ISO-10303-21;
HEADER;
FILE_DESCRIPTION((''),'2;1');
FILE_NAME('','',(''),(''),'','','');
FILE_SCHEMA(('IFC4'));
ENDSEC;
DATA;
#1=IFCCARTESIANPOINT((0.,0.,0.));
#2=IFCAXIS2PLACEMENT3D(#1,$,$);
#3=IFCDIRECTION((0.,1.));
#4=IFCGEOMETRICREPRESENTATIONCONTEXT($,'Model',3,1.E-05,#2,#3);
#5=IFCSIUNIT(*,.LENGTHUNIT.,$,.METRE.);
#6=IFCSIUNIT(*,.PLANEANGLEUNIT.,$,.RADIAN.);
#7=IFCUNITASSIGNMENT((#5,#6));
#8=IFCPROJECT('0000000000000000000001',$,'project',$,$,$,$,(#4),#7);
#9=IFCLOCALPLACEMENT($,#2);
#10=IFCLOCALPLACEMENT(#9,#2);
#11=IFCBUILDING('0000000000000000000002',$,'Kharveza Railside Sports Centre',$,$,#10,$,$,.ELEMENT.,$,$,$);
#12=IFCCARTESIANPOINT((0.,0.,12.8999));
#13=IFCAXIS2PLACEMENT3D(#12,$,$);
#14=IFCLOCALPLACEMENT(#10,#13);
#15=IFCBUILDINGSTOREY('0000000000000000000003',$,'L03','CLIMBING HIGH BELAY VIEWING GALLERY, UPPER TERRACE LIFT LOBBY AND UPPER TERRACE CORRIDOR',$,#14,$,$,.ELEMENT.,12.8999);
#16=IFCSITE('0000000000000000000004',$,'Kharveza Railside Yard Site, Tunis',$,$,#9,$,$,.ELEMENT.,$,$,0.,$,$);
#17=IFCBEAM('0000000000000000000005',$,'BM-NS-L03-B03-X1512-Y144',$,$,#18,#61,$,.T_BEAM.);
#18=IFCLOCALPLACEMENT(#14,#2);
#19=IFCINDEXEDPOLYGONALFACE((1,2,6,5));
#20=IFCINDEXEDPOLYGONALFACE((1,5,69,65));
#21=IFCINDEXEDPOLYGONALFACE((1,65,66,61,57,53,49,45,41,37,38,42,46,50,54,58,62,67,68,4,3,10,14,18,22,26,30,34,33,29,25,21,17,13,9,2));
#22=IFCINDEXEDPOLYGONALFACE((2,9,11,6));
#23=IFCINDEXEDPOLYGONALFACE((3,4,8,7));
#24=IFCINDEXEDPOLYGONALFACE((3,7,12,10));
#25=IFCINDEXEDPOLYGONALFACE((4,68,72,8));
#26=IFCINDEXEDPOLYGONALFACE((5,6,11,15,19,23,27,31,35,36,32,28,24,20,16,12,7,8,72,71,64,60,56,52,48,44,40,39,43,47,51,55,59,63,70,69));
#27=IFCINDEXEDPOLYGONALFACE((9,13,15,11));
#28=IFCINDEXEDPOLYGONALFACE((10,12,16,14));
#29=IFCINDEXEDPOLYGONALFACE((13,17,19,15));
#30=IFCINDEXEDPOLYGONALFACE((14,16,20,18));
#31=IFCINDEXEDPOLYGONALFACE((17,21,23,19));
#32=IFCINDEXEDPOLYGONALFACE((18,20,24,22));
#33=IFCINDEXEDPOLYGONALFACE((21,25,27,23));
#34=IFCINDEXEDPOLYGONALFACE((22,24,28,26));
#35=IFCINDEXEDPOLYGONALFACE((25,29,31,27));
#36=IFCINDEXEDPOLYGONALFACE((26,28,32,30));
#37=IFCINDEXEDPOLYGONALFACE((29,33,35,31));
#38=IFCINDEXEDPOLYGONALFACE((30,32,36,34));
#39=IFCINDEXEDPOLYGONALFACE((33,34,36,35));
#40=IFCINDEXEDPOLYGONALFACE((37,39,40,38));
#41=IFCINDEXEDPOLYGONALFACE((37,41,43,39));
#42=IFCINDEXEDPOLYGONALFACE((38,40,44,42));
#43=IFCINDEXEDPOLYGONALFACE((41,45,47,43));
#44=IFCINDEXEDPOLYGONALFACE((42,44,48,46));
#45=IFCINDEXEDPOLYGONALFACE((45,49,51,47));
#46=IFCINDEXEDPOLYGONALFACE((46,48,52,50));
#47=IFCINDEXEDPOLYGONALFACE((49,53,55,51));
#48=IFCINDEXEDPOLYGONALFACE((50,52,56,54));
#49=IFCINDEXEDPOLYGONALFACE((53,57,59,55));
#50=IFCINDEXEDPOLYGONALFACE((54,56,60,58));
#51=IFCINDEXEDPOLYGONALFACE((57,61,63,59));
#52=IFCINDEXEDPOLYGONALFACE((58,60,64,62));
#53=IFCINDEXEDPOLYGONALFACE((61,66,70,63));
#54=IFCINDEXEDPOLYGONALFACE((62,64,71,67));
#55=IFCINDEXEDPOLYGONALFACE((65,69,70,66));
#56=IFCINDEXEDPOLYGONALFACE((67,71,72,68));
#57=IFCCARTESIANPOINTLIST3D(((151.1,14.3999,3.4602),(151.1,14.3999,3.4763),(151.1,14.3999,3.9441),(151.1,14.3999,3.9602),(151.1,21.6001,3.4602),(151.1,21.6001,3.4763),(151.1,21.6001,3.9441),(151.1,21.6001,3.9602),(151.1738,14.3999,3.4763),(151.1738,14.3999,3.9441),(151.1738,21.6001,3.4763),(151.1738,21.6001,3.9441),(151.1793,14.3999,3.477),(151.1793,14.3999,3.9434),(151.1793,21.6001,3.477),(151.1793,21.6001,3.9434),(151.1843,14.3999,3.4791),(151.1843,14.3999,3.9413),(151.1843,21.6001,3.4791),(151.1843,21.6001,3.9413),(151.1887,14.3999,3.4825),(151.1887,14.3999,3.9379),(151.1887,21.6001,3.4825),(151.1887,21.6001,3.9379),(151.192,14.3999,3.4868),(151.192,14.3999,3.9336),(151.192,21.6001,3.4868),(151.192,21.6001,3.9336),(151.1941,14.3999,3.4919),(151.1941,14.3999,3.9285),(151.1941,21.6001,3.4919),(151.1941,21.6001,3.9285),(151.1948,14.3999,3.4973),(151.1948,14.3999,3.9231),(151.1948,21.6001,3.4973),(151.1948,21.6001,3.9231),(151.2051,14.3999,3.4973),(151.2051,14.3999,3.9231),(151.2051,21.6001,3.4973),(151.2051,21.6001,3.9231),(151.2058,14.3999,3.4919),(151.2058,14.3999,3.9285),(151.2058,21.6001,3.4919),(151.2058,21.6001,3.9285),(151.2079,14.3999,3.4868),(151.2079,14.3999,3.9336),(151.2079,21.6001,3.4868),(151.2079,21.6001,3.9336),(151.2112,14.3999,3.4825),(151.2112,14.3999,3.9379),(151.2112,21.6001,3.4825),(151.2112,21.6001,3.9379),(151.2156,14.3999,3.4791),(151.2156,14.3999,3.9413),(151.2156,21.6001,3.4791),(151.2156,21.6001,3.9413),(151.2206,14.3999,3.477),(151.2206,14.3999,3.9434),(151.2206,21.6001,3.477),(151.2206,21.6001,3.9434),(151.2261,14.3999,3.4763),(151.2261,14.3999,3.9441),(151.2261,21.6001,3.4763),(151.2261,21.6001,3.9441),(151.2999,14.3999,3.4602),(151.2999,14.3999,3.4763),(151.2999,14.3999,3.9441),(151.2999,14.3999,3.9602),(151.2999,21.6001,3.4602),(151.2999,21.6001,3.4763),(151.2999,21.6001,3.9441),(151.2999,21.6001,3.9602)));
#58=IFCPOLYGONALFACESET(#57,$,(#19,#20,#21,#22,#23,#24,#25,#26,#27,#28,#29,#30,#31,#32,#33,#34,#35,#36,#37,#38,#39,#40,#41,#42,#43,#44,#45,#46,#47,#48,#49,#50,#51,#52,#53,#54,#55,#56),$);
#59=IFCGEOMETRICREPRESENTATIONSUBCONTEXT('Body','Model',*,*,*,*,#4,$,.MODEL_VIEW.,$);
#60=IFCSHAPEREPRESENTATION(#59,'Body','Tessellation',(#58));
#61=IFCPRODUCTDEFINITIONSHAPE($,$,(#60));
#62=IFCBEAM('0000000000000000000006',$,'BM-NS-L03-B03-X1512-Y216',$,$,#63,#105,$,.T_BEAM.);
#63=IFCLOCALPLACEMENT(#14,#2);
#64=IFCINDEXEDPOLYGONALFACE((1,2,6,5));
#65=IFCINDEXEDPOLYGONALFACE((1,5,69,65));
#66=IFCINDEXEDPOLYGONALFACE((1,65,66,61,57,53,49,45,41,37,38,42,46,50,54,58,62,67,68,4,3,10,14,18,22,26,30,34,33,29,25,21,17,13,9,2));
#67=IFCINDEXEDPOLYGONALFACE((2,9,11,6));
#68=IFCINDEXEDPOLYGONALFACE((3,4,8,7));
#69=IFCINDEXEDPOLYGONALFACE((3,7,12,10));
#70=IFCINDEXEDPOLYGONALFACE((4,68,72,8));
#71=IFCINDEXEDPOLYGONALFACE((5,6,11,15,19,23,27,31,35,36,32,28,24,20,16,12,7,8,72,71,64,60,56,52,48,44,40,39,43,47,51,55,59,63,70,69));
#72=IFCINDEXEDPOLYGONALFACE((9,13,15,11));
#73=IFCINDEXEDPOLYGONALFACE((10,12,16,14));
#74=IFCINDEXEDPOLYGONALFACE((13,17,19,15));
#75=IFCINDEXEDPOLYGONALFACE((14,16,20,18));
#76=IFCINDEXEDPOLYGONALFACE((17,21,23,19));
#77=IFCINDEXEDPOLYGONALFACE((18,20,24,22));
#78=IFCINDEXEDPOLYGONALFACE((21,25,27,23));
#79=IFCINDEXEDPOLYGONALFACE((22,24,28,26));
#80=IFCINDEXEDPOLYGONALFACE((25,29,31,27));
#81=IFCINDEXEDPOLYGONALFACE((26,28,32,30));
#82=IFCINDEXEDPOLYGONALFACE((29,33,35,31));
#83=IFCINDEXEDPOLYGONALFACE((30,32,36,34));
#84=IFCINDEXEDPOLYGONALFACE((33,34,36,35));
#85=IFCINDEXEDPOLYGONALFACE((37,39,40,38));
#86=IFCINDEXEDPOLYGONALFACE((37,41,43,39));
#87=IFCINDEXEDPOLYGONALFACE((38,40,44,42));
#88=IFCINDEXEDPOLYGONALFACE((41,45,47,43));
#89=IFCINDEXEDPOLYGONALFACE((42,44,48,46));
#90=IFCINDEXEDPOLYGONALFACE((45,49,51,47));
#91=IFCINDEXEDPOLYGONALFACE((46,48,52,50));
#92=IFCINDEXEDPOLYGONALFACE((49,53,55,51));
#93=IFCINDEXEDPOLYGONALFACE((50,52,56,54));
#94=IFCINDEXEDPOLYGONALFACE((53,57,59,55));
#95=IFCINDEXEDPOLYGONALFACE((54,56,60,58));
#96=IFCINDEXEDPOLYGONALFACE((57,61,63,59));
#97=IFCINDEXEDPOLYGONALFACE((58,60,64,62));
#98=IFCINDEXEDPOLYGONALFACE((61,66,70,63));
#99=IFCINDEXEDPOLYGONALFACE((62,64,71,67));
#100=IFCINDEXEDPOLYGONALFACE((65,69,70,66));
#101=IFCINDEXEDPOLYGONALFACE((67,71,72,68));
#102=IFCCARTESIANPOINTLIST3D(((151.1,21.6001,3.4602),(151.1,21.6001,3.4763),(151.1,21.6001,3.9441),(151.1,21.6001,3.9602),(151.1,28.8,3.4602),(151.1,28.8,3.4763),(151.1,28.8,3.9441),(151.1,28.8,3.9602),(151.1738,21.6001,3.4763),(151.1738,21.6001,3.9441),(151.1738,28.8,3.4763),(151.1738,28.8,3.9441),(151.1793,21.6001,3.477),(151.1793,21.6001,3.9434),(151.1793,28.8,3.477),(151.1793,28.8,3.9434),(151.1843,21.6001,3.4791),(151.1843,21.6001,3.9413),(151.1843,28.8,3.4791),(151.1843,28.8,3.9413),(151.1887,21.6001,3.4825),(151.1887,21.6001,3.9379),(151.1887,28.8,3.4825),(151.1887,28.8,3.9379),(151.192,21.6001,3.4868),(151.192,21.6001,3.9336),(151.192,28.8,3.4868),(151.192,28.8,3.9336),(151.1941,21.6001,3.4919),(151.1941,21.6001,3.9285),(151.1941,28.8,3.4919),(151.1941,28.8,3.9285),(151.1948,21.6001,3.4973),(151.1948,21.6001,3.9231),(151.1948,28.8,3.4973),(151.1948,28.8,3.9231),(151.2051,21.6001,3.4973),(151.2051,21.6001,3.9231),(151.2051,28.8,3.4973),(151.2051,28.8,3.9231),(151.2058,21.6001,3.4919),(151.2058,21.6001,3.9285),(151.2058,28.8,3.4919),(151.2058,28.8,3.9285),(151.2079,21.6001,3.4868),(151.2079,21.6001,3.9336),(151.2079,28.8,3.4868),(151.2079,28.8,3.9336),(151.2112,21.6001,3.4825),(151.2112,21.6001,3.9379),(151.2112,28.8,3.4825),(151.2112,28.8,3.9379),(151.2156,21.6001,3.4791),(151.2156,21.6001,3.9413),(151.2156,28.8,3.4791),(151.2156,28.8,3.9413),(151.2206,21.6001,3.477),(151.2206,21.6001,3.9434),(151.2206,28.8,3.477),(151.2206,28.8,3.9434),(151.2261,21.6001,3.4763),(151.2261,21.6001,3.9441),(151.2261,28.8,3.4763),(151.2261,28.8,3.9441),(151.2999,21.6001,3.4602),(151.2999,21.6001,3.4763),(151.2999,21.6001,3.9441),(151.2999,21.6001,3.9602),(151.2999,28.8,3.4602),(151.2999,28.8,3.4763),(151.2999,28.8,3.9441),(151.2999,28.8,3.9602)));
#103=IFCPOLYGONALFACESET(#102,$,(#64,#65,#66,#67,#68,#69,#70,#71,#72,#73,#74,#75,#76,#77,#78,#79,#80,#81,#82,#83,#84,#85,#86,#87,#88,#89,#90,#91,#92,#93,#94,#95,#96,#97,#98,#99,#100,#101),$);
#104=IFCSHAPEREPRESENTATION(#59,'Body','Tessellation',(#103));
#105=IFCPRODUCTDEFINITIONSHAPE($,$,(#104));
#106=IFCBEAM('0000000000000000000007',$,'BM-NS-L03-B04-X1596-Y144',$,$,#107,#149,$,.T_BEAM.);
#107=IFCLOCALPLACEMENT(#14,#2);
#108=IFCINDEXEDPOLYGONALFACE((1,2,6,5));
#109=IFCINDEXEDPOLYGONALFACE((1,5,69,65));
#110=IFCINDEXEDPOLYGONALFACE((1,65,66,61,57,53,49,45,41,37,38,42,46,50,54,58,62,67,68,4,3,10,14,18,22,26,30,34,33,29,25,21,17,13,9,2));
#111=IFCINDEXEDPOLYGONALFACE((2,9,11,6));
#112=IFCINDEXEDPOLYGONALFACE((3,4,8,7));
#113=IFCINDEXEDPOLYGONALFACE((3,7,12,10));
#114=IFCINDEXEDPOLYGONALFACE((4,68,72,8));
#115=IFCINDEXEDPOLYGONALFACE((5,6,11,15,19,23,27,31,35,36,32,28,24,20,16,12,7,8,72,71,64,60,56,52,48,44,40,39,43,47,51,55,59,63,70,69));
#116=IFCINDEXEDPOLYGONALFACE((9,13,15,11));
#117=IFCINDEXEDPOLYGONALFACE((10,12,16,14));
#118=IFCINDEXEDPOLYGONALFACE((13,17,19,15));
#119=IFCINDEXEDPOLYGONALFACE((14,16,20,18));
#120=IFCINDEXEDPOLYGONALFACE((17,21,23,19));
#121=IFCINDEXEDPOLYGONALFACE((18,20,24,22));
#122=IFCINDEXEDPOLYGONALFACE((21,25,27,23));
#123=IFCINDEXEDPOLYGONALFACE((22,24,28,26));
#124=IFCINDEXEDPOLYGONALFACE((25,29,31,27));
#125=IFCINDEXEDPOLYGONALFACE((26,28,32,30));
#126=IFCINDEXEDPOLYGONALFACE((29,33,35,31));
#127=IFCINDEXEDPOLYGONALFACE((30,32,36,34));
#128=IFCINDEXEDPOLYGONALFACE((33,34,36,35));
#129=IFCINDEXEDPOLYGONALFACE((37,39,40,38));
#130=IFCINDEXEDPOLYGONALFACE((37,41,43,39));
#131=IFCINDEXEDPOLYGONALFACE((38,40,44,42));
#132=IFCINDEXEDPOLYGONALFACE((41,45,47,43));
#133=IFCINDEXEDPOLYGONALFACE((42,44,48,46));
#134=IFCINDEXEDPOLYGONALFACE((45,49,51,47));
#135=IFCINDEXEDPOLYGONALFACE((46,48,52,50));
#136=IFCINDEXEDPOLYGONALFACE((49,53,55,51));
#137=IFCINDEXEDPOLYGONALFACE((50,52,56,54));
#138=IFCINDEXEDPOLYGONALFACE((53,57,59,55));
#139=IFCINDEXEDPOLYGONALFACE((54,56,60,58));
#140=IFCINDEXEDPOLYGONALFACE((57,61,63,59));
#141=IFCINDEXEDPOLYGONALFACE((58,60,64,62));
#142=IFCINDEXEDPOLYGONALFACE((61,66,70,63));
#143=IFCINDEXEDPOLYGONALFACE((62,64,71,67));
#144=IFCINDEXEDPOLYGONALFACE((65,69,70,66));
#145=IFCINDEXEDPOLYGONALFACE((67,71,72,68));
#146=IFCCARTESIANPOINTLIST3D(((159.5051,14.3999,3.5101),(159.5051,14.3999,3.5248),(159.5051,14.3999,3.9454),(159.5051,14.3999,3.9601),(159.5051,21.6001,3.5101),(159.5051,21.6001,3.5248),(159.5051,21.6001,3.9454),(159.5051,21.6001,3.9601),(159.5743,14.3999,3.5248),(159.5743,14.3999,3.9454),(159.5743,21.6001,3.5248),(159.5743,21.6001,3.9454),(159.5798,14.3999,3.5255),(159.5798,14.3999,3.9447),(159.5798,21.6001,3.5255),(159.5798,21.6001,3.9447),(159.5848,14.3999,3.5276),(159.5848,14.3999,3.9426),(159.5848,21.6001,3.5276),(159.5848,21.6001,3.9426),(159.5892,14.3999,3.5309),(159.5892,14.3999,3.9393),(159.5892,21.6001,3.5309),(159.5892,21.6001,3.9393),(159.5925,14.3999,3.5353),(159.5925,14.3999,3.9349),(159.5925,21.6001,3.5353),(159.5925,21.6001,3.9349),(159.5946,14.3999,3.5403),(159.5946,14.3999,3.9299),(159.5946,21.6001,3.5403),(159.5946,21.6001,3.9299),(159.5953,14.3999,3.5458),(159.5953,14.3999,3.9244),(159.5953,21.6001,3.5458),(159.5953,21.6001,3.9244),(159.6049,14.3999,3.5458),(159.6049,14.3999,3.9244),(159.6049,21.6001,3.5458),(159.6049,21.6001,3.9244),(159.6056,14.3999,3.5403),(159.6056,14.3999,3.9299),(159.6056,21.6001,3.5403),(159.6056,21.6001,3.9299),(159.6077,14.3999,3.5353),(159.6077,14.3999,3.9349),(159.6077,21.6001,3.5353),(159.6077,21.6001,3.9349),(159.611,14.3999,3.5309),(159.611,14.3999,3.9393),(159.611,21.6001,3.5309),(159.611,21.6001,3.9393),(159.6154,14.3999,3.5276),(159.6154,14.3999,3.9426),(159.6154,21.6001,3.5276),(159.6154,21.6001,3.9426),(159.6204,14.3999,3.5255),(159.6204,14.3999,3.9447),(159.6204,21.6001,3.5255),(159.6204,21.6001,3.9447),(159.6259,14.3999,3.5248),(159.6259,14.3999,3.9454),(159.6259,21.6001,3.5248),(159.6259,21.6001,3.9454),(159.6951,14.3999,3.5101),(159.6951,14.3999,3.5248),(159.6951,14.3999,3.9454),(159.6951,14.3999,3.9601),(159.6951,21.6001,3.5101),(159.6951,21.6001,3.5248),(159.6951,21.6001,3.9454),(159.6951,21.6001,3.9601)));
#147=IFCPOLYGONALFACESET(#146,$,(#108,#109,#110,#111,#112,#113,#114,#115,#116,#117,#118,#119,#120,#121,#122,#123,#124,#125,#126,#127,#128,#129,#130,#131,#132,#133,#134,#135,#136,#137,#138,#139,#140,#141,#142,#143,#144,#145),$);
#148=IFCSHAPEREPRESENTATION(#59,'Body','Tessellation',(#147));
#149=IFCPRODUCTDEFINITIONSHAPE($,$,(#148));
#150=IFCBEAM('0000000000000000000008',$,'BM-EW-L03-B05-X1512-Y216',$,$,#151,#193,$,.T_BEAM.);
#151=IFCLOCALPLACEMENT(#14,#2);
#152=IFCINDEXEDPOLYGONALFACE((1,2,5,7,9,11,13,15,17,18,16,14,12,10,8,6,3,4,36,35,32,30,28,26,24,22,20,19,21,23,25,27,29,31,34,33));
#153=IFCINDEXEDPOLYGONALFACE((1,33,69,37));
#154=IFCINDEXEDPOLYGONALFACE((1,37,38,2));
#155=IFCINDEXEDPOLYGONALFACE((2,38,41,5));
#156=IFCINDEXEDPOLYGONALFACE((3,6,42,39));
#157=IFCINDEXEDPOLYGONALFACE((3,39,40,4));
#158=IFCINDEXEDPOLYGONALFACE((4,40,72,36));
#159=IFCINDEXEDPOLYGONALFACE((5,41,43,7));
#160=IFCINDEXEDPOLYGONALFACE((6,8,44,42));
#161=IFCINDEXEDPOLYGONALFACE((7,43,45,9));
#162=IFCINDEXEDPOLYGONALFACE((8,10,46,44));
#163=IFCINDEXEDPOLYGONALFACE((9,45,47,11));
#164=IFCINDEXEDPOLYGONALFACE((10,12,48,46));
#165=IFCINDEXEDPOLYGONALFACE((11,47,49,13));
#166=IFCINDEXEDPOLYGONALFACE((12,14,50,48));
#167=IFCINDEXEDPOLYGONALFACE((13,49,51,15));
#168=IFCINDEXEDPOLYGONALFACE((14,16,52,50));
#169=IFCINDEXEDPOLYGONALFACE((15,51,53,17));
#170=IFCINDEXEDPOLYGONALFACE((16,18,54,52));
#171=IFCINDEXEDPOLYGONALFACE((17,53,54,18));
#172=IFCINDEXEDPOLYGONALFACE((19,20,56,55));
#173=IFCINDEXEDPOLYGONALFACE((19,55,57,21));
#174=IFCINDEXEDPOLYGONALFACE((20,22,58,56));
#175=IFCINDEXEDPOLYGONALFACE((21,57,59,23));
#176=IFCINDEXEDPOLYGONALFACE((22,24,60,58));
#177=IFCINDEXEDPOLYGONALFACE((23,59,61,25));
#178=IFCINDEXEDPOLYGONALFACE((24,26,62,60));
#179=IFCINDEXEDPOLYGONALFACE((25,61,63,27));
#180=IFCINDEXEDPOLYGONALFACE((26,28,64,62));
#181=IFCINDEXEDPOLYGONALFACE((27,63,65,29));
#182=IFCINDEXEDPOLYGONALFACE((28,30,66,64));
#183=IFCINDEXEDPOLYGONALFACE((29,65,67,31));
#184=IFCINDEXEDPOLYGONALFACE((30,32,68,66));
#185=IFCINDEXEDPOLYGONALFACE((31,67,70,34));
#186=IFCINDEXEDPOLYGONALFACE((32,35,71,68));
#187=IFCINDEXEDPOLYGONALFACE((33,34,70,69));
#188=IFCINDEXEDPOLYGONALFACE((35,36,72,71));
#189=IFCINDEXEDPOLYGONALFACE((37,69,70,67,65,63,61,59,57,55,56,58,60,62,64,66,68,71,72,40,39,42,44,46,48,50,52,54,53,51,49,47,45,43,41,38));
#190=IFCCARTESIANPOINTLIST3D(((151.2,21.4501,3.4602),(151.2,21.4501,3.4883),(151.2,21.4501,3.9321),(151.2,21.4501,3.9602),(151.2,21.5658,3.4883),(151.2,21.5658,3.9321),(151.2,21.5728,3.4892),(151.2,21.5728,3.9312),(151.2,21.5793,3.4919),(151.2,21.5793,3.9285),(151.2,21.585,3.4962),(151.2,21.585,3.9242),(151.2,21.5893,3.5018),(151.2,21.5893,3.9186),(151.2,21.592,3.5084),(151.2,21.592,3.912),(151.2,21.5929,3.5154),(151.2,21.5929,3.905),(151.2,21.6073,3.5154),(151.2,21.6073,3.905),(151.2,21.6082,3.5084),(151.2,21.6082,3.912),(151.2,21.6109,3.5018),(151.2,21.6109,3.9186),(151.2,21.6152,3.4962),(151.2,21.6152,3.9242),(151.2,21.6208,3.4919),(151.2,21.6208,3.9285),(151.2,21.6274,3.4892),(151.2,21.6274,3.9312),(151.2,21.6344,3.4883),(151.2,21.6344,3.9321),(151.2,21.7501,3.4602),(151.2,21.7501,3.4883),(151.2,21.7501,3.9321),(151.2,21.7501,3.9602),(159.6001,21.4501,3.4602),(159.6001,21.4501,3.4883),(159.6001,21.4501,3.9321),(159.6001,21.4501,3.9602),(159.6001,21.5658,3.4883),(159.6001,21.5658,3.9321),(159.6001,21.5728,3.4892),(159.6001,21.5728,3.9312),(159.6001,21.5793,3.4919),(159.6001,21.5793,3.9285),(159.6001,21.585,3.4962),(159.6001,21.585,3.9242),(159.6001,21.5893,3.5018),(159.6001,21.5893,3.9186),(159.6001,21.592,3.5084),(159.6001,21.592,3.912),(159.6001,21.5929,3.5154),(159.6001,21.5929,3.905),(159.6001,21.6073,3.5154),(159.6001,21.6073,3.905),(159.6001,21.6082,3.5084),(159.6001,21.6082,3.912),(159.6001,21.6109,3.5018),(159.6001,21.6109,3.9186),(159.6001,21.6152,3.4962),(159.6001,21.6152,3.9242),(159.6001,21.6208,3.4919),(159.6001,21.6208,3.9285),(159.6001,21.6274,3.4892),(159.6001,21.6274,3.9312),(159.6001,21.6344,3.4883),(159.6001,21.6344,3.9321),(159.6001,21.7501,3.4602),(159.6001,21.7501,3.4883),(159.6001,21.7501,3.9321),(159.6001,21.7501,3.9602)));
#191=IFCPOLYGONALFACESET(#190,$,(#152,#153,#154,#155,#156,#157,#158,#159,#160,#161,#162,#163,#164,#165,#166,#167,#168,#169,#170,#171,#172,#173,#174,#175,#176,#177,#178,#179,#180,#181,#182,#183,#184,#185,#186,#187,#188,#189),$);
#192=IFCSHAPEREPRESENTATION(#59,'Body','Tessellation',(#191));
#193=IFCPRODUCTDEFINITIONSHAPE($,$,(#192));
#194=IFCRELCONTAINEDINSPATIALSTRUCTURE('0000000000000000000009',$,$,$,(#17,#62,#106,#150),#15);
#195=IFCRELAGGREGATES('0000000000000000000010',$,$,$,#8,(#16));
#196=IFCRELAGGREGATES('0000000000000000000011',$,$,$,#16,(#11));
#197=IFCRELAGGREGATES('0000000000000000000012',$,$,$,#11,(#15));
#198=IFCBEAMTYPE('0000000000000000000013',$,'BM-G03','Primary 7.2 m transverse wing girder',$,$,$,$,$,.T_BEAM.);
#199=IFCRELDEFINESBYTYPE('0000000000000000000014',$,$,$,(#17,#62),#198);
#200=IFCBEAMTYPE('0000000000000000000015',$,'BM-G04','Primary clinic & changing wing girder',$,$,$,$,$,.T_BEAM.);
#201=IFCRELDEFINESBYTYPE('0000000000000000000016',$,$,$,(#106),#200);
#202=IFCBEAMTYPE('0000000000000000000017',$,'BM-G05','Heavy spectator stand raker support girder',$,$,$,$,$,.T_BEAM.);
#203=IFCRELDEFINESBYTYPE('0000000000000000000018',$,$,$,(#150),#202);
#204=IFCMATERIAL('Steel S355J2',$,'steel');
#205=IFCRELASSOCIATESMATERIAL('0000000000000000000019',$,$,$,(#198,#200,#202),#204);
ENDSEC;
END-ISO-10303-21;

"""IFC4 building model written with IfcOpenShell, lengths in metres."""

from ifc_helpers import new_model, si_unit, direction, frame, origin, origin_2d, place, context, subcontext, project, spatial, i_section, extrude, material, material_profile, profile_set, type_object, element, save


model = new_model("IFC4")

# Units and contexts
model_context = context("Model", 3, precision=1e-05, world=origin(), true_north=direction((0.0, 1.0)))
body_context = subcontext(model_context, "Body", "Model", "MODEL_VIEW")
ifc_project = project(units=[si_unit("LENGTHUNIT", "METRE"), si_unit("PLANEANGLEUNIT", "RADIAN")], contexts=[model_context])

# Site, building, storey
site_placement = place(None, origin())
site = spatial("IfcSite", under=ifc_project, at=site_placement, Name="Kharveza Railside Yard Site, Tunis", CompositionType="ELEMENT", RefElevation=0.0)
building_placement = place(site_placement, origin())
building = spatial("IfcBuilding", under=site, at=building_placement, Name="Kharveza Railside Sports Centre", CompositionType="ELEMENT")
storey_placement = place(building_placement, frame((0.0, 0.0, 12.8999)))
storey = spatial("IfcBuildingStorey", under=building, at=storey_placement, Name="L03", Description="CLIMBING HIGH BELAY VIEWING GALLERY, UPPER TERRACE LIFT LOBBY AND UPPER TERRACE CORRIDOR", CompositionType="ELEMENT", Elevation=12.8999)

# Shared definitions
ifc_material_1 = material(Name="Steel S355J2", Category="steel")

# Beams
ifc_material_profile_1 = material_profile(ifc_material_1, i_section(OverallWidth=0.2, OverallDepth=0.5, WebThickness=0.0103, FlangeThickness=0.0161, FilletRadius=0.021, at=origin_2d()), Name="IPE 500")
ifc_profile_set_1 = profile_set([ifc_material_profile_1], Name="Steel S355J2")
beam_type_1 = type_object("IfcBeamType", Name="BM-G03", Description="Primary 7.2 m transverse wing girder", PredefinedType="T_BEAM", material=ifc_profile_set_1)
beam_1_placement = place(storey_placement, frame((151.2, 14.3999, 3.7102), z_axis=(0.0, 1.0, 0.0), x_axis=(-1.0, 0.0, 0.0)))
element("IfcBeam", 1, at=beam_1_placement, inside=storey, type_object=beam_type_1, Name="BM-NS-L03-B03-X1512-Y144", PredefinedType="T_BEAM", context=body_context, shape_type="SweptSolid", body=[
    extrude(i_section(OverallWidth=0.2, OverallDepth=0.5, WebThickness=0.0103, FlangeThickness=0.0161, FilletRadius=0.021, at=origin_2d()), origin(), (0.0, 0.0, 1.0), 7.2002),
])
beam_2_placement = place(storey_placement, frame((151.2, 21.6001, 3.7102), z_axis=(0.0, 1.0, 0.0), x_axis=(-1.0, 0.0, 0.0)))
element("IfcBeam", 2, at=beam_2_placement, inside=storey, type_object=beam_type_1, Name="BM-NS-L03-B03-X1512-Y216", PredefinedType="T_BEAM", context=body_context, shape_type="SweptSolid", body=[
    extrude(i_section(OverallWidth=0.2, OverallDepth=0.5, WebThickness=0.0103, FlangeThickness=0.0161, FilletRadius=0.021, at=origin_2d()), origin(), (0.0, 0.0, 1.0), 7.2),
])
ifc_material_profile_2 = material_profile(ifc_material_1, i_section(OverallWidth=0.1899, OverallDepth=0.45, WebThickness=0.0095, FlangeThickness=0.0146, FilletRadius=0.021, at=origin_2d()), Name="IPE 450")
ifc_profile_set_2 = profile_set([ifc_material_profile_2], Name="Steel S355J2")
beam_type_2 = type_object("IfcBeamType", Name="BM-G04", Description="Primary clinic & changing wing girder", PredefinedType="T_BEAM", material=ifc_profile_set_2)
beam_3_placement = place(storey_placement, frame((159.6001, 14.3999, 3.7351), z_axis=(0.0, 1.0, 0.0), x_axis=(-1.0, 0.0, 0.0)))
element("IfcBeam", 3, at=beam_3_placement, inside=storey, type_object=beam_type_2, Name="BM-NS-L03-B04-X1596-Y144", PredefinedType="T_BEAM", context=body_context, shape_type="SweptSolid", body=[
    extrude(i_section(OverallWidth=0.1899, OverallDepth=0.45, WebThickness=0.0095, FlangeThickness=0.0146, FilletRadius=0.021, at=origin_2d()), origin(), (0.0, 0.0, 1.0), 7.2002),
])
ifc_material_profile_3 = material_profile(ifc_material_1, i_section(OverallWidth=0.3, OverallDepth=0.5, WebThickness=0.0144, FlangeThickness=0.0281, FilletRadius=0.0271, at=origin_2d()), Name="HEB 500")
ifc_profile_set_3 = profile_set([ifc_material_profile_3], Name="Steel S355J2")
beam_type_3 = type_object("IfcBeamType", Name="BM-G05", Description="Heavy spectator stand raker support girder", PredefinedType="T_BEAM", material=ifc_profile_set_3)
beam_4_placement = place(storey_placement, frame((151.2, 21.6001, 3.7102), z_axis=(1.0, 0.0, 0.0), x_axis=(0.0, 1.0, 0.0)))
element("IfcBeam", 4, at=beam_4_placement, inside=storey, type_object=beam_type_3, Name="BM-EW-L03-B05-X1512-Y216", PredefinedType="T_BEAM", context=body_context, shape_type="SweptSolid", body=[
    extrude(i_section(OverallWidth=0.3, OverallDepth=0.5, WebThickness=0.0144, FlangeThickness=0.0281, FilletRadius=0.0271, at=origin_2d()), origin(), (0.0, 0.0, 1.0), 8.4001),
])

save(model, "model.ifc")
